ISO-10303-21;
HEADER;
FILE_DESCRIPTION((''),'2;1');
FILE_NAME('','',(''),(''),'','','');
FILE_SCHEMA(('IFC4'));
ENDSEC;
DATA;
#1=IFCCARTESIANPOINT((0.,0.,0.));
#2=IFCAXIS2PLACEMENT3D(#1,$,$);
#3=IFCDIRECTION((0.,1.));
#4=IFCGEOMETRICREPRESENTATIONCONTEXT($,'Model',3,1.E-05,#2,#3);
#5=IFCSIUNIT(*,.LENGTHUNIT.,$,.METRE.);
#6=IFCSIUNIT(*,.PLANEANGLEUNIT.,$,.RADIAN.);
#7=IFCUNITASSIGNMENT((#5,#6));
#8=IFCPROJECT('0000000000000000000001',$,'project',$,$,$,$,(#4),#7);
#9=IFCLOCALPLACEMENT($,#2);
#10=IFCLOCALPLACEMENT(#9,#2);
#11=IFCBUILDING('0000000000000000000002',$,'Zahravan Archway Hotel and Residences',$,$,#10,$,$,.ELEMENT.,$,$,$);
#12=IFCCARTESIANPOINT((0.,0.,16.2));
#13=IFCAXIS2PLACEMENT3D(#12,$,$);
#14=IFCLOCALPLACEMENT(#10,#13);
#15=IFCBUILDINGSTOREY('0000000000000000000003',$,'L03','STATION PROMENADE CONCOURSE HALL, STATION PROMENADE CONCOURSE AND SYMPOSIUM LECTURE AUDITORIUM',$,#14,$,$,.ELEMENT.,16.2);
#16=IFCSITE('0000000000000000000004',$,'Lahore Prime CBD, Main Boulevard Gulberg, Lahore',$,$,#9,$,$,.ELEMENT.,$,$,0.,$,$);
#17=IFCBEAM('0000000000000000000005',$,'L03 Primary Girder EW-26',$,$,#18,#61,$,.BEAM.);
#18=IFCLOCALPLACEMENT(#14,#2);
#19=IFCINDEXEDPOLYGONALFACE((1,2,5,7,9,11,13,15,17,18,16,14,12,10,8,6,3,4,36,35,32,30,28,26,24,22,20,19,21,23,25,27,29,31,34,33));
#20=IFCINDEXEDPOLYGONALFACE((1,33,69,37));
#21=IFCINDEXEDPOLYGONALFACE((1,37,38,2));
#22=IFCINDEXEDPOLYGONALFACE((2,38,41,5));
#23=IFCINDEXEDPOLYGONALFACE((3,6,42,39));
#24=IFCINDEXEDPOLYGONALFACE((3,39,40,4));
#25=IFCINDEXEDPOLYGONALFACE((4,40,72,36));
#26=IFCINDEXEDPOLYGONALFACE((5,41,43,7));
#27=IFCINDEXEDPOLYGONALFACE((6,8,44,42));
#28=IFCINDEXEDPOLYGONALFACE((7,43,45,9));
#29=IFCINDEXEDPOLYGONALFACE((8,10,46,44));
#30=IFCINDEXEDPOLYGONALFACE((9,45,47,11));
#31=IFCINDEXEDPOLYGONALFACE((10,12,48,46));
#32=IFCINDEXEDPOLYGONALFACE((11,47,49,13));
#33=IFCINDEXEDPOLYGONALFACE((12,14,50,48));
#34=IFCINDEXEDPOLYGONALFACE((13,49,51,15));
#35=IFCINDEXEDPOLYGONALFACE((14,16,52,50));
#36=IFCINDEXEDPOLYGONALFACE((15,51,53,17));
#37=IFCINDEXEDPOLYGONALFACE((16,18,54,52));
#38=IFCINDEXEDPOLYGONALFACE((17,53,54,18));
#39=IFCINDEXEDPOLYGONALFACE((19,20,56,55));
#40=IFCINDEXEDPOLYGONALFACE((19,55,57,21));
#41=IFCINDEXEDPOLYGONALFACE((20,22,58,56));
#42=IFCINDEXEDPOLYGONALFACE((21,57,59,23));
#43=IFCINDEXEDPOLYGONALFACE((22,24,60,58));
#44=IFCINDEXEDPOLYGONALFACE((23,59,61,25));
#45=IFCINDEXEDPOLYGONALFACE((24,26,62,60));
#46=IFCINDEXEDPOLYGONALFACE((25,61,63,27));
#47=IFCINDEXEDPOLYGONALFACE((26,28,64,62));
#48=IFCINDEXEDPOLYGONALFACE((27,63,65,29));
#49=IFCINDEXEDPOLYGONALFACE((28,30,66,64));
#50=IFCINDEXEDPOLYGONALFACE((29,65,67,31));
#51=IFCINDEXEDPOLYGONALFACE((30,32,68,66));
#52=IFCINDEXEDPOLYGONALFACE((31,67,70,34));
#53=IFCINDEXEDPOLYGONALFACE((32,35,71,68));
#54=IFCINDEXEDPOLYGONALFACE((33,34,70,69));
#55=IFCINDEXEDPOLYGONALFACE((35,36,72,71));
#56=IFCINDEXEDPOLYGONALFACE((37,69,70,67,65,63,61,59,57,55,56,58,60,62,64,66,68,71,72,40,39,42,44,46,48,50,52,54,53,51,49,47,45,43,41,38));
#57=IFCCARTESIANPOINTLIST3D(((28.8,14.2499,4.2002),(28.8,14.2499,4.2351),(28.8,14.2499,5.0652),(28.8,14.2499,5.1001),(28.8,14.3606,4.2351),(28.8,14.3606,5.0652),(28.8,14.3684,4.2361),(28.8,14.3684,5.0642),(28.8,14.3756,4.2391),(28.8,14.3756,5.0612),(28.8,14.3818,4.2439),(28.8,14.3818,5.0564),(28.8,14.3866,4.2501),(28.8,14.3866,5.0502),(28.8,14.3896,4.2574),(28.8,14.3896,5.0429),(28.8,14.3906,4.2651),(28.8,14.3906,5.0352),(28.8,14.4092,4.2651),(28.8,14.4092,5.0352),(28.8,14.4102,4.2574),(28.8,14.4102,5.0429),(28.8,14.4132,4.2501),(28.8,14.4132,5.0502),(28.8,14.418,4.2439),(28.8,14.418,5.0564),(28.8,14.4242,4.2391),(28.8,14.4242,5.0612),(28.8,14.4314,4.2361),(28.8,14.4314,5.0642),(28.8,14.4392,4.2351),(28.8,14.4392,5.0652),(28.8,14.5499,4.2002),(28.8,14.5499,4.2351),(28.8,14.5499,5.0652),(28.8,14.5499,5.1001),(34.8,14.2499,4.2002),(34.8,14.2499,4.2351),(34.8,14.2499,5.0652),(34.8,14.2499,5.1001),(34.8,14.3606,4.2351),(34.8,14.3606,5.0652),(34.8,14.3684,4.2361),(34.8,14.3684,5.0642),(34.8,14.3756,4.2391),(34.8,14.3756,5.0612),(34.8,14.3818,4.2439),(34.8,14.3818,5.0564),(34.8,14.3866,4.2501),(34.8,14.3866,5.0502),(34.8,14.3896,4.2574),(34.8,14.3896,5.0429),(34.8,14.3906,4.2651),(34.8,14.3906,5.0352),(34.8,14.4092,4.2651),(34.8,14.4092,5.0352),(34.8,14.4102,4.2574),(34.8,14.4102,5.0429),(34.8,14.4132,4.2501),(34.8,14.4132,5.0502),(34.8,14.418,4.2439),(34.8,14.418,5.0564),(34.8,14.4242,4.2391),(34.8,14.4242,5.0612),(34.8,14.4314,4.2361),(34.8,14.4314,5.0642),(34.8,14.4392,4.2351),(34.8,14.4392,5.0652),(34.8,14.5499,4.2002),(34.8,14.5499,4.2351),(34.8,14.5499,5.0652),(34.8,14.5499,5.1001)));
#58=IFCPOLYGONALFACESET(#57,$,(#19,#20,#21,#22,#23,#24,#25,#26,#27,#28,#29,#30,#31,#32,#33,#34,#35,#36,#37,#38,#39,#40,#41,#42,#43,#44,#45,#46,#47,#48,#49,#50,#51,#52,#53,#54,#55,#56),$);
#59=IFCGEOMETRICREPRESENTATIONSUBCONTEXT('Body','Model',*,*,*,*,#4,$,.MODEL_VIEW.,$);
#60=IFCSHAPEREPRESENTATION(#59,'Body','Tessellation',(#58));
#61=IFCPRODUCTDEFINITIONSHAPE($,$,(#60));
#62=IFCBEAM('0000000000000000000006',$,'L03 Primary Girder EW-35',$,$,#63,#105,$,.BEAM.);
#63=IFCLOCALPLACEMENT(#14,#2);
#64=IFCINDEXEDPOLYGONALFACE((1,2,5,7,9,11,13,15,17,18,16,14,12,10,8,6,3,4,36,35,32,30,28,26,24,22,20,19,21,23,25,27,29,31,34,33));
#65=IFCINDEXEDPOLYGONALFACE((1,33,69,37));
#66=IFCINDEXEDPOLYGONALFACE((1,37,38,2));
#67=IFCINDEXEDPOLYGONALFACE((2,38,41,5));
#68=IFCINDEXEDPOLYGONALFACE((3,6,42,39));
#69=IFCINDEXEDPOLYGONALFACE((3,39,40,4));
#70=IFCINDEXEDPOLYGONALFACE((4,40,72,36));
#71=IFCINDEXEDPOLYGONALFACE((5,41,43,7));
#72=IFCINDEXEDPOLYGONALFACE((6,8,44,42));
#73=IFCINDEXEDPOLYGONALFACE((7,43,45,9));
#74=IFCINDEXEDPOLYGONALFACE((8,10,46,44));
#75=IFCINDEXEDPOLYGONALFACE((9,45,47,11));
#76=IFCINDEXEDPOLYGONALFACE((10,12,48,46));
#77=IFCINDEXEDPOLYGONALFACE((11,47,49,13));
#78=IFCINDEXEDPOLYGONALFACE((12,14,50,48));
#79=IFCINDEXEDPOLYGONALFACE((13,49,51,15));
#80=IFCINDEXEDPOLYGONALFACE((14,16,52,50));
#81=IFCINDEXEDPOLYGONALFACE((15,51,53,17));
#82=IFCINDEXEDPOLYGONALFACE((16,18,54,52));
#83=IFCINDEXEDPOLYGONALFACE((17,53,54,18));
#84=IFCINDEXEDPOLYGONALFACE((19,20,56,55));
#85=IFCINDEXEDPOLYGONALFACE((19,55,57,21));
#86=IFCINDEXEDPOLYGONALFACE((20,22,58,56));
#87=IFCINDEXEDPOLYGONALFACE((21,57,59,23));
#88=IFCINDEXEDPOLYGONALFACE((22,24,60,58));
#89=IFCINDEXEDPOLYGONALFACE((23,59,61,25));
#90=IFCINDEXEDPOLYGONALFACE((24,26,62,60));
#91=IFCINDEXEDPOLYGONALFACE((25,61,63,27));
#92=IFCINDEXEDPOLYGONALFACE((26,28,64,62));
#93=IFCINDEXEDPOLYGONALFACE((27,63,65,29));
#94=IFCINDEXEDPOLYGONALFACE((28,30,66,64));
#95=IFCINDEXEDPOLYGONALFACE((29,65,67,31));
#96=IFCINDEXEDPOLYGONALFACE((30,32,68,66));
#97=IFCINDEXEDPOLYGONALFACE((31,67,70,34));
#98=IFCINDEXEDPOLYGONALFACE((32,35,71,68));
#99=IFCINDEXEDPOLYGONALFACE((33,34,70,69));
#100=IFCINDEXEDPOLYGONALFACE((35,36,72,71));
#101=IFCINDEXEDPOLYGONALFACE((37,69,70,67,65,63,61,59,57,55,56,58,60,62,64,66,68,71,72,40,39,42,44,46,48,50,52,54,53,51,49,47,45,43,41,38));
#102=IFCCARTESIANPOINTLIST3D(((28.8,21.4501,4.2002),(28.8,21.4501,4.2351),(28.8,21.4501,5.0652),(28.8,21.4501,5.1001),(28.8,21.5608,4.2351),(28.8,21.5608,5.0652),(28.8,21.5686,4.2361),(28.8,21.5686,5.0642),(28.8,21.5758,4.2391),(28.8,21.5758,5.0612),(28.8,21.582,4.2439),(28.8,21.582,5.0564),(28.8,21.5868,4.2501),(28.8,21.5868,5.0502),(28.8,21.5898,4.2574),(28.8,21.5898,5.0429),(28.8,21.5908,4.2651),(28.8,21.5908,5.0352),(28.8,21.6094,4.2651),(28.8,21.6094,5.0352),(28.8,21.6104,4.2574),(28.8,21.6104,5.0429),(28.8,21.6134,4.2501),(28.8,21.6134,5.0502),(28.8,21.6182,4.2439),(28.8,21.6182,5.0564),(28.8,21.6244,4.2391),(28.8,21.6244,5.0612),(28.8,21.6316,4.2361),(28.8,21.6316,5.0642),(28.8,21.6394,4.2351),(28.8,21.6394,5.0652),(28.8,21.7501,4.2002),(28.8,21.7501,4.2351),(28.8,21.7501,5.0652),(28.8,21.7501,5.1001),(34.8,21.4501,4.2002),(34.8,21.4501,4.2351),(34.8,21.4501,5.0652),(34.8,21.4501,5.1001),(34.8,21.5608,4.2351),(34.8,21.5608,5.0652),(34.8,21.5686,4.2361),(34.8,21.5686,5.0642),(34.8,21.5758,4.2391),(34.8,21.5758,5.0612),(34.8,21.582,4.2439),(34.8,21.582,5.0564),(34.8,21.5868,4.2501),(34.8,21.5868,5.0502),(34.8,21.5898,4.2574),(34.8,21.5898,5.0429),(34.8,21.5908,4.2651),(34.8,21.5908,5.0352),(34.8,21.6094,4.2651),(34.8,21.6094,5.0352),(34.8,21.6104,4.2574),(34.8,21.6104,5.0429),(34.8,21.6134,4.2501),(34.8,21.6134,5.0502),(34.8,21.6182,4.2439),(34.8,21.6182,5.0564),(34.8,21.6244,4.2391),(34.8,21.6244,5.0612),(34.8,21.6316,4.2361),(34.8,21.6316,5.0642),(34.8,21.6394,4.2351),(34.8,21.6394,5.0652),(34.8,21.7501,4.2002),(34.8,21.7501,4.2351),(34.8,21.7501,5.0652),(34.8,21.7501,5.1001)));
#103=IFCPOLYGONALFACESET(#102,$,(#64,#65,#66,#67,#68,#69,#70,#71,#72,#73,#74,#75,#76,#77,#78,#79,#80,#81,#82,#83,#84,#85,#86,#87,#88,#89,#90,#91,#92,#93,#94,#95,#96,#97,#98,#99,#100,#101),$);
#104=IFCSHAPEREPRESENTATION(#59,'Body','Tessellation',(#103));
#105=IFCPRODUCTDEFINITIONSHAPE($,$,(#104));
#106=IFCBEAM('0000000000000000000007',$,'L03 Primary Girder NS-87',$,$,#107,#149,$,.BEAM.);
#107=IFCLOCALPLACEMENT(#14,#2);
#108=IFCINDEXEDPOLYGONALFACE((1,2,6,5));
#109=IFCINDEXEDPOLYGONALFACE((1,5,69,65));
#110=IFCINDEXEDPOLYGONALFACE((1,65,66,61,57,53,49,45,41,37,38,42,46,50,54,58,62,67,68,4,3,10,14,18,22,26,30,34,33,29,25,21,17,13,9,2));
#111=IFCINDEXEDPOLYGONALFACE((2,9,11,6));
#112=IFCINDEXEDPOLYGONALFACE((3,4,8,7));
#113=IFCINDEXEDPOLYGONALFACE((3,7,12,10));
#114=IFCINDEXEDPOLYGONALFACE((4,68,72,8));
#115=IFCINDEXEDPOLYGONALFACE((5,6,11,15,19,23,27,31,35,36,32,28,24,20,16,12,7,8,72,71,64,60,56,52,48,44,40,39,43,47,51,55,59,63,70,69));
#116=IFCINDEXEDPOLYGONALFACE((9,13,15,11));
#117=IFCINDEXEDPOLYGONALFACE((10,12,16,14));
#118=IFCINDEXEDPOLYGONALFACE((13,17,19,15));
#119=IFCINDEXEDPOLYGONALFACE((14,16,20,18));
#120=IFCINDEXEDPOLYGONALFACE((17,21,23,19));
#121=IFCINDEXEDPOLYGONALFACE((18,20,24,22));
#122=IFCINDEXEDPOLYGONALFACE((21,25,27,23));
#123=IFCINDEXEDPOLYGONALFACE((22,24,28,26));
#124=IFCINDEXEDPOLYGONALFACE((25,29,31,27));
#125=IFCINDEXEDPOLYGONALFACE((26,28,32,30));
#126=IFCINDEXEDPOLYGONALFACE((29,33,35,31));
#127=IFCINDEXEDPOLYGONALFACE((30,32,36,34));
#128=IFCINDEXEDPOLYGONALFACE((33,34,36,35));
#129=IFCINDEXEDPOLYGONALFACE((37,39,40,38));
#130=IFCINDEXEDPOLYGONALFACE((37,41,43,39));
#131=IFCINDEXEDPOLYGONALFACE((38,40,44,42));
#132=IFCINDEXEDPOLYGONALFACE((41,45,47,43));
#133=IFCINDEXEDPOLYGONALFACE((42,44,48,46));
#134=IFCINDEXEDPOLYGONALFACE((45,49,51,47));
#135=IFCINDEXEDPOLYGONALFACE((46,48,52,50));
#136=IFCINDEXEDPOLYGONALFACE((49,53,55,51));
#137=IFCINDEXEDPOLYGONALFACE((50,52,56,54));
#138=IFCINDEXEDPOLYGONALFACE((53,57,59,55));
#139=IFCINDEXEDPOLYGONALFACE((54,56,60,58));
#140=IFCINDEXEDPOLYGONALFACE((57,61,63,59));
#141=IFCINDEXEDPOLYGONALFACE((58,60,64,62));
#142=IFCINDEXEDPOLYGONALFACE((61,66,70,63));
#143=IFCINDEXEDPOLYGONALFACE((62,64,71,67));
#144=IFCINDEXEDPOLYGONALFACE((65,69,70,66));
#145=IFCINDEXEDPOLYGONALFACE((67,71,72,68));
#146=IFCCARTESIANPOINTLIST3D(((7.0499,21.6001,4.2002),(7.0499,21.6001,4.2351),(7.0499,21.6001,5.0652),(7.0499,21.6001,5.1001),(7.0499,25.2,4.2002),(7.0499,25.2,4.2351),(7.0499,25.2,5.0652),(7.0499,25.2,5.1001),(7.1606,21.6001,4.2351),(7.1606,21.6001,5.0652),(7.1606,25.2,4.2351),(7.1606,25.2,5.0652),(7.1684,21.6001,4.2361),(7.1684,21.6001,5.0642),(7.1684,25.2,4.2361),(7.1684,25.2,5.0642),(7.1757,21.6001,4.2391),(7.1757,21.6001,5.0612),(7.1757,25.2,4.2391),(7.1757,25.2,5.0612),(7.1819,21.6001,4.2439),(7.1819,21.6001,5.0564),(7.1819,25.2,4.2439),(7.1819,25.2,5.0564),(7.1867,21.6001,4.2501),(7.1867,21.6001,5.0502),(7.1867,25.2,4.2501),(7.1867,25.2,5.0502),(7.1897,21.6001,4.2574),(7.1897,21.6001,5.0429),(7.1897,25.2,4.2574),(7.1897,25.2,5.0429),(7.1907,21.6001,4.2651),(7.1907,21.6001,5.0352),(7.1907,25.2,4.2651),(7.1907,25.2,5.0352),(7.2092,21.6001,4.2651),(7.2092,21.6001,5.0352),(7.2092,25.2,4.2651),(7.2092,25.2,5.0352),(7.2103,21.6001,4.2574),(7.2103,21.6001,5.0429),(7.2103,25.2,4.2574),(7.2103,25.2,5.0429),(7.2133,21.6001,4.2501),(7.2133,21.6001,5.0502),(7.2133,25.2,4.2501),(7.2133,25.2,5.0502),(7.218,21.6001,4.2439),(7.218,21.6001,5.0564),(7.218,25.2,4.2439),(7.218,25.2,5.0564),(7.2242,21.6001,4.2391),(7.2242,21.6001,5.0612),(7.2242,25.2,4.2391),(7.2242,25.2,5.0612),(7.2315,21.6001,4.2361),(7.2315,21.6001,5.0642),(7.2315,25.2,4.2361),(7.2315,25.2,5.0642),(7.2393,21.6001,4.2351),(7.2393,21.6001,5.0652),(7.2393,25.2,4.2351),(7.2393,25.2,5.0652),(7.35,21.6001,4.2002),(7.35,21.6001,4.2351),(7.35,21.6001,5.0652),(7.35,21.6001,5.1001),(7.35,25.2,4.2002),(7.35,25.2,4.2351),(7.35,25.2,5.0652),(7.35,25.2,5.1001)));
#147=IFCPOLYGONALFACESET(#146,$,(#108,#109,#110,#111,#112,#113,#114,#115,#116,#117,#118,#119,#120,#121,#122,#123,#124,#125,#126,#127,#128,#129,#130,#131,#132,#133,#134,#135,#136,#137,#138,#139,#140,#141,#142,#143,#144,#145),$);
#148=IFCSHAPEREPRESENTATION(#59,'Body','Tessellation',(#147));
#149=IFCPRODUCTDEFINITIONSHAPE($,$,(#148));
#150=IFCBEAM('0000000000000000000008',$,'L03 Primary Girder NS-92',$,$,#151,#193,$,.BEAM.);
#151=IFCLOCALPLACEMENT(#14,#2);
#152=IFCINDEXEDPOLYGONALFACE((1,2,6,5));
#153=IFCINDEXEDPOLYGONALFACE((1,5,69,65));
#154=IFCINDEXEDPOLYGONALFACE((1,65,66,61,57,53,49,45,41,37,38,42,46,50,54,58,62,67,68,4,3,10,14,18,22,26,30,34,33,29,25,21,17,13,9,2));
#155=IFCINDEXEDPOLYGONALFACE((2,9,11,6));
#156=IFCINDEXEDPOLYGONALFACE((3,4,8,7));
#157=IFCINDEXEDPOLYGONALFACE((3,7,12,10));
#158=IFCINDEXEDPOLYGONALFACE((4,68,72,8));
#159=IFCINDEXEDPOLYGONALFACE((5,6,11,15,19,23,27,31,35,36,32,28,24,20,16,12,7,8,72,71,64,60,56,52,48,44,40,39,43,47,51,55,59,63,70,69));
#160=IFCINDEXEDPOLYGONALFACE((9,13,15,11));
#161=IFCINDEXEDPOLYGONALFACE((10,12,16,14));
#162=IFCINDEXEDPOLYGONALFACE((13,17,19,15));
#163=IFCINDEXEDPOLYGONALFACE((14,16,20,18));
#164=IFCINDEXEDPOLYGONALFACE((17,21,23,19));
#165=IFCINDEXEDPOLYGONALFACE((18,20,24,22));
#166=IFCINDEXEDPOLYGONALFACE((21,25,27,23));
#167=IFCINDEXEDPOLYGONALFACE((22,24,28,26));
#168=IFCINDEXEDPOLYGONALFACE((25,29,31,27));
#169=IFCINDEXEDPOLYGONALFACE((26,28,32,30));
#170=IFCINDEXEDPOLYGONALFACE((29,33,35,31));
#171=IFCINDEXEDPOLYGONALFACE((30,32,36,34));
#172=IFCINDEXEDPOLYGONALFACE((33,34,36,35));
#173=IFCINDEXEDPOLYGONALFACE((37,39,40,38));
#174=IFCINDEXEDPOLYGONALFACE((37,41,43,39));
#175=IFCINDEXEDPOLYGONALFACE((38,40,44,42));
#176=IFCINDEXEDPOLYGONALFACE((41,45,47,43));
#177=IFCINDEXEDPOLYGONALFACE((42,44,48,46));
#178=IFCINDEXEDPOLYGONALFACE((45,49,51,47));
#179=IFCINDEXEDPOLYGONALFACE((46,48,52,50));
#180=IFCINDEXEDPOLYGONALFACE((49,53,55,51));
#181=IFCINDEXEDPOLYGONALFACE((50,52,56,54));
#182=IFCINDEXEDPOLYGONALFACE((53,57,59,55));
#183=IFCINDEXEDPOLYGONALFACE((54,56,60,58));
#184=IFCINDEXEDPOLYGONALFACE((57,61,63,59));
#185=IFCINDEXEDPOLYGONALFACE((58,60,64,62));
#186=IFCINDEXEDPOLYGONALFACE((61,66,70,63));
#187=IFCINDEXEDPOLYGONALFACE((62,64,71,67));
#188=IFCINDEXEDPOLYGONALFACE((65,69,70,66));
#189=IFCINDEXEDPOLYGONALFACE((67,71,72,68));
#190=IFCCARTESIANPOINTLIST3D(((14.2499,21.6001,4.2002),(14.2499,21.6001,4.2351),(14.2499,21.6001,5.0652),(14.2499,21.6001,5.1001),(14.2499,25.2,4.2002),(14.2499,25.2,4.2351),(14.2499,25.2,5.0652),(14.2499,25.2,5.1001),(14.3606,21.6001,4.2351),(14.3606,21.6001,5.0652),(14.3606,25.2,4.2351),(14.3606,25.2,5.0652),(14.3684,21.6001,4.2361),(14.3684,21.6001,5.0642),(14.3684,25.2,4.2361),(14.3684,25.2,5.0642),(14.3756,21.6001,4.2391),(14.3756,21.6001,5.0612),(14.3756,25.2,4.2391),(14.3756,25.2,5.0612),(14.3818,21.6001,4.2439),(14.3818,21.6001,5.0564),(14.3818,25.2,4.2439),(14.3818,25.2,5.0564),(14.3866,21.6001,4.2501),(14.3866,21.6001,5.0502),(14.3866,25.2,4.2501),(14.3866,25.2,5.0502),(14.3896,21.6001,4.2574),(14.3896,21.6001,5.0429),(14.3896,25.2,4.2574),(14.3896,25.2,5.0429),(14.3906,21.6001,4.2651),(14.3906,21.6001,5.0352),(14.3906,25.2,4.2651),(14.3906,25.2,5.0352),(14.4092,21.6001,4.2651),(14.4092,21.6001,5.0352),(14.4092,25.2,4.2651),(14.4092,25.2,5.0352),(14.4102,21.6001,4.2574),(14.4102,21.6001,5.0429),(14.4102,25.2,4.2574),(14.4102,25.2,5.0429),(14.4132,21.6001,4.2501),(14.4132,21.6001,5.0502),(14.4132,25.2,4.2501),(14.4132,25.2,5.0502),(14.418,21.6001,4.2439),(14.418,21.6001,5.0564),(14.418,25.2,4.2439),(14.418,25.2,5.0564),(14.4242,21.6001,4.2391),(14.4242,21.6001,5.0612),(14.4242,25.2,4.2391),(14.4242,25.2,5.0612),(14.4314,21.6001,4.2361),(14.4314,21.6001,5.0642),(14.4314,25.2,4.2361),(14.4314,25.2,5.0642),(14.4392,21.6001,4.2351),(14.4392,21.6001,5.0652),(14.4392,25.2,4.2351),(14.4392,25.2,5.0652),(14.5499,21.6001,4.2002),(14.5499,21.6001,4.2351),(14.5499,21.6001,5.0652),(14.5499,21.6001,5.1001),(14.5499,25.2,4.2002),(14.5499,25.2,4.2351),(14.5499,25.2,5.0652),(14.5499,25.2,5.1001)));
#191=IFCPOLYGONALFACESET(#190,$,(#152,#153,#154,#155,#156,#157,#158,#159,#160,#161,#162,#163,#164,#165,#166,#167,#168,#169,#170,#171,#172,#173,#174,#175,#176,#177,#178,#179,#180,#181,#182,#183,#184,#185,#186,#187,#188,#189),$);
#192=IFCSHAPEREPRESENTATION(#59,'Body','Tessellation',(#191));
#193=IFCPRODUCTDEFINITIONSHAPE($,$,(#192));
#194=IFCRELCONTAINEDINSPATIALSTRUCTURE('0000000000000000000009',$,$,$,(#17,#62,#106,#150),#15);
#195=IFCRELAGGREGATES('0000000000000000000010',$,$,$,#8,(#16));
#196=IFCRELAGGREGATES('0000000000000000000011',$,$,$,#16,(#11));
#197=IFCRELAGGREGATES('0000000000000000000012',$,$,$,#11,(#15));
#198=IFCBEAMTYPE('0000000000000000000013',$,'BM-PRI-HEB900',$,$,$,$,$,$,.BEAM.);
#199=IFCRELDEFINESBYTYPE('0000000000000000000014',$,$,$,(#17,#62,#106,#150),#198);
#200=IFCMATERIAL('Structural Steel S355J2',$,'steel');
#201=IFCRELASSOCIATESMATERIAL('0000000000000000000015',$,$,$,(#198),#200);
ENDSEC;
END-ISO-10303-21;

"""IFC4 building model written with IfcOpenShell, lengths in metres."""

from ifc_helpers import new_model, si_unit, direction, frame, origin, origin_2d, place, context, subcontext, project, spatial, i_section, extrude, source, transform, mapped, material, material_profile, profile_set, type_object, element, save


model = new_model("IFC4")

# Units and contexts
model_context = context("Model", 3, precision=1e-05, world=origin(), true_north=direction((0.0, 1.0)))
body_context = subcontext(model_context, "Body", "Model", "MODEL_VIEW")
ifc_project = project(units=[si_unit("LENGTHUNIT", "METRE"), si_unit("PLANEANGLEUNIT", "RADIAN")], contexts=[model_context])

# Site, building, storey
site_placement = place(None, origin())
site = spatial("IfcSite", under=ifc_project, at=site_placement, Name="Lahore Prime CBD, Main Boulevard Gulberg, Lahore", CompositionType="ELEMENT", RefElevation=0.0)
building_placement = place(site_placement, origin())
building = spatial("IfcBuilding", under=site, at=building_placement, Name="Zahravan Archway Hotel and Residences", CompositionType="ELEMENT")
storey_placement = place(building_placement, frame((0.0, 0.0, 16.2)))
storey = spatial("IfcBuildingStorey", under=building, at=storey_placement, Name="L03", Description="STATION PROMENADE CONCOURSE HALL, STATION PROMENADE CONCOURSE AND SYMPOSIUM LECTURE AUDITORIUM", CompositionType="ELEMENT", Elevation=16.2)

# Beams
ifc_material_1 = material(Name="Structural Steel S355J2", Category="steel")
ifc_material_profile_1 = material_profile(ifc_material_1, i_section(OverallWidth=0.3, OverallDepth=0.8999, WebThickness=0.0186, FlangeThickness=0.0349, FilletRadius=0.03, at=origin_2d()), Name="HEB 900", Category="steel")
ifc_profile_set_1 = profile_set([ifc_material_profile_1], Name="Structural Steel S355J2")
beam_type_1 = type_object("IfcBeamType", Name="BM-PRI-HEB900", PredefinedType="BEAM", material=ifc_profile_set_1)
shared_shape_1 = source(origin(), body_context, "Body", "SweptSolid", [
    extrude(i_section(OverallWidth=0.3, OverallDepth=0.8999, WebThickness=0.0186, FlangeThickness=0.0349, FilletRadius=0.03, at=origin_2d()), origin(), (0.0, 0.0, 1.0), 6.0),
])
for number, where, z_axis, x_axis, name in (
    (1, (28.8, 14.3999, 4.6501), (1.0, 0.0, 0.0), (0.0, 1.0, 0.0), "L03 Primary Girder EW-26"),
    (2, (28.8, 21.6001, 4.6501), (1.0, 0.0, 0.0), (0.0, 1.0, 0.0), "L03 Primary Girder EW-35"),
):
    element("IfcBeam", number, at=place(storey_placement, frame(where, z_axis=z_axis, x_axis=x_axis)), inside=storey, type_object=beam_type_1, Name=name, PredefinedType="BEAM", context=body_context, shape_type="MappedRepresentation", body=[
        mapped(shared_shape_1, transform((0.0, 0.0, 0.0), scale=1.0)),
    ])
shared_shape_2 = source(origin(), body_context, "Body", "SweptSolid", [
    extrude(i_section(OverallWidth=0.3, OverallDepth=0.8999, WebThickness=0.0186, FlangeThickness=0.0349, FilletRadius=0.03, at=origin_2d()), origin(), (0.0, 0.0, 1.0), 3.5999),
])
for number, where, z_axis, x_axis, name in (
    (3, (7.2, 21.6001, 4.6501), (0.0, 1.0, 0.0), (-1.0, 0.0, 0.0), "L03 Primary Girder NS-87"),
    (4, (14.3999, 21.6001, 4.6501), (0.0, 1.0, 0.0), (-1.0, 0.0, 0.0), "L03 Primary Girder NS-92"),
):
    element("IfcBeam", number, at=place(storey_placement, frame(where, z_axis=z_axis, x_axis=x_axis)), inside=storey, type_object=beam_type_1, Name=name, PredefinedType="BEAM", context=body_context, shape_type="MappedRepresentation", body=[
        mapped(shared_shape_2, transform((0.0, 0.0, 0.0), scale=1.0)),
    ])

save(model, "model.ifc")
